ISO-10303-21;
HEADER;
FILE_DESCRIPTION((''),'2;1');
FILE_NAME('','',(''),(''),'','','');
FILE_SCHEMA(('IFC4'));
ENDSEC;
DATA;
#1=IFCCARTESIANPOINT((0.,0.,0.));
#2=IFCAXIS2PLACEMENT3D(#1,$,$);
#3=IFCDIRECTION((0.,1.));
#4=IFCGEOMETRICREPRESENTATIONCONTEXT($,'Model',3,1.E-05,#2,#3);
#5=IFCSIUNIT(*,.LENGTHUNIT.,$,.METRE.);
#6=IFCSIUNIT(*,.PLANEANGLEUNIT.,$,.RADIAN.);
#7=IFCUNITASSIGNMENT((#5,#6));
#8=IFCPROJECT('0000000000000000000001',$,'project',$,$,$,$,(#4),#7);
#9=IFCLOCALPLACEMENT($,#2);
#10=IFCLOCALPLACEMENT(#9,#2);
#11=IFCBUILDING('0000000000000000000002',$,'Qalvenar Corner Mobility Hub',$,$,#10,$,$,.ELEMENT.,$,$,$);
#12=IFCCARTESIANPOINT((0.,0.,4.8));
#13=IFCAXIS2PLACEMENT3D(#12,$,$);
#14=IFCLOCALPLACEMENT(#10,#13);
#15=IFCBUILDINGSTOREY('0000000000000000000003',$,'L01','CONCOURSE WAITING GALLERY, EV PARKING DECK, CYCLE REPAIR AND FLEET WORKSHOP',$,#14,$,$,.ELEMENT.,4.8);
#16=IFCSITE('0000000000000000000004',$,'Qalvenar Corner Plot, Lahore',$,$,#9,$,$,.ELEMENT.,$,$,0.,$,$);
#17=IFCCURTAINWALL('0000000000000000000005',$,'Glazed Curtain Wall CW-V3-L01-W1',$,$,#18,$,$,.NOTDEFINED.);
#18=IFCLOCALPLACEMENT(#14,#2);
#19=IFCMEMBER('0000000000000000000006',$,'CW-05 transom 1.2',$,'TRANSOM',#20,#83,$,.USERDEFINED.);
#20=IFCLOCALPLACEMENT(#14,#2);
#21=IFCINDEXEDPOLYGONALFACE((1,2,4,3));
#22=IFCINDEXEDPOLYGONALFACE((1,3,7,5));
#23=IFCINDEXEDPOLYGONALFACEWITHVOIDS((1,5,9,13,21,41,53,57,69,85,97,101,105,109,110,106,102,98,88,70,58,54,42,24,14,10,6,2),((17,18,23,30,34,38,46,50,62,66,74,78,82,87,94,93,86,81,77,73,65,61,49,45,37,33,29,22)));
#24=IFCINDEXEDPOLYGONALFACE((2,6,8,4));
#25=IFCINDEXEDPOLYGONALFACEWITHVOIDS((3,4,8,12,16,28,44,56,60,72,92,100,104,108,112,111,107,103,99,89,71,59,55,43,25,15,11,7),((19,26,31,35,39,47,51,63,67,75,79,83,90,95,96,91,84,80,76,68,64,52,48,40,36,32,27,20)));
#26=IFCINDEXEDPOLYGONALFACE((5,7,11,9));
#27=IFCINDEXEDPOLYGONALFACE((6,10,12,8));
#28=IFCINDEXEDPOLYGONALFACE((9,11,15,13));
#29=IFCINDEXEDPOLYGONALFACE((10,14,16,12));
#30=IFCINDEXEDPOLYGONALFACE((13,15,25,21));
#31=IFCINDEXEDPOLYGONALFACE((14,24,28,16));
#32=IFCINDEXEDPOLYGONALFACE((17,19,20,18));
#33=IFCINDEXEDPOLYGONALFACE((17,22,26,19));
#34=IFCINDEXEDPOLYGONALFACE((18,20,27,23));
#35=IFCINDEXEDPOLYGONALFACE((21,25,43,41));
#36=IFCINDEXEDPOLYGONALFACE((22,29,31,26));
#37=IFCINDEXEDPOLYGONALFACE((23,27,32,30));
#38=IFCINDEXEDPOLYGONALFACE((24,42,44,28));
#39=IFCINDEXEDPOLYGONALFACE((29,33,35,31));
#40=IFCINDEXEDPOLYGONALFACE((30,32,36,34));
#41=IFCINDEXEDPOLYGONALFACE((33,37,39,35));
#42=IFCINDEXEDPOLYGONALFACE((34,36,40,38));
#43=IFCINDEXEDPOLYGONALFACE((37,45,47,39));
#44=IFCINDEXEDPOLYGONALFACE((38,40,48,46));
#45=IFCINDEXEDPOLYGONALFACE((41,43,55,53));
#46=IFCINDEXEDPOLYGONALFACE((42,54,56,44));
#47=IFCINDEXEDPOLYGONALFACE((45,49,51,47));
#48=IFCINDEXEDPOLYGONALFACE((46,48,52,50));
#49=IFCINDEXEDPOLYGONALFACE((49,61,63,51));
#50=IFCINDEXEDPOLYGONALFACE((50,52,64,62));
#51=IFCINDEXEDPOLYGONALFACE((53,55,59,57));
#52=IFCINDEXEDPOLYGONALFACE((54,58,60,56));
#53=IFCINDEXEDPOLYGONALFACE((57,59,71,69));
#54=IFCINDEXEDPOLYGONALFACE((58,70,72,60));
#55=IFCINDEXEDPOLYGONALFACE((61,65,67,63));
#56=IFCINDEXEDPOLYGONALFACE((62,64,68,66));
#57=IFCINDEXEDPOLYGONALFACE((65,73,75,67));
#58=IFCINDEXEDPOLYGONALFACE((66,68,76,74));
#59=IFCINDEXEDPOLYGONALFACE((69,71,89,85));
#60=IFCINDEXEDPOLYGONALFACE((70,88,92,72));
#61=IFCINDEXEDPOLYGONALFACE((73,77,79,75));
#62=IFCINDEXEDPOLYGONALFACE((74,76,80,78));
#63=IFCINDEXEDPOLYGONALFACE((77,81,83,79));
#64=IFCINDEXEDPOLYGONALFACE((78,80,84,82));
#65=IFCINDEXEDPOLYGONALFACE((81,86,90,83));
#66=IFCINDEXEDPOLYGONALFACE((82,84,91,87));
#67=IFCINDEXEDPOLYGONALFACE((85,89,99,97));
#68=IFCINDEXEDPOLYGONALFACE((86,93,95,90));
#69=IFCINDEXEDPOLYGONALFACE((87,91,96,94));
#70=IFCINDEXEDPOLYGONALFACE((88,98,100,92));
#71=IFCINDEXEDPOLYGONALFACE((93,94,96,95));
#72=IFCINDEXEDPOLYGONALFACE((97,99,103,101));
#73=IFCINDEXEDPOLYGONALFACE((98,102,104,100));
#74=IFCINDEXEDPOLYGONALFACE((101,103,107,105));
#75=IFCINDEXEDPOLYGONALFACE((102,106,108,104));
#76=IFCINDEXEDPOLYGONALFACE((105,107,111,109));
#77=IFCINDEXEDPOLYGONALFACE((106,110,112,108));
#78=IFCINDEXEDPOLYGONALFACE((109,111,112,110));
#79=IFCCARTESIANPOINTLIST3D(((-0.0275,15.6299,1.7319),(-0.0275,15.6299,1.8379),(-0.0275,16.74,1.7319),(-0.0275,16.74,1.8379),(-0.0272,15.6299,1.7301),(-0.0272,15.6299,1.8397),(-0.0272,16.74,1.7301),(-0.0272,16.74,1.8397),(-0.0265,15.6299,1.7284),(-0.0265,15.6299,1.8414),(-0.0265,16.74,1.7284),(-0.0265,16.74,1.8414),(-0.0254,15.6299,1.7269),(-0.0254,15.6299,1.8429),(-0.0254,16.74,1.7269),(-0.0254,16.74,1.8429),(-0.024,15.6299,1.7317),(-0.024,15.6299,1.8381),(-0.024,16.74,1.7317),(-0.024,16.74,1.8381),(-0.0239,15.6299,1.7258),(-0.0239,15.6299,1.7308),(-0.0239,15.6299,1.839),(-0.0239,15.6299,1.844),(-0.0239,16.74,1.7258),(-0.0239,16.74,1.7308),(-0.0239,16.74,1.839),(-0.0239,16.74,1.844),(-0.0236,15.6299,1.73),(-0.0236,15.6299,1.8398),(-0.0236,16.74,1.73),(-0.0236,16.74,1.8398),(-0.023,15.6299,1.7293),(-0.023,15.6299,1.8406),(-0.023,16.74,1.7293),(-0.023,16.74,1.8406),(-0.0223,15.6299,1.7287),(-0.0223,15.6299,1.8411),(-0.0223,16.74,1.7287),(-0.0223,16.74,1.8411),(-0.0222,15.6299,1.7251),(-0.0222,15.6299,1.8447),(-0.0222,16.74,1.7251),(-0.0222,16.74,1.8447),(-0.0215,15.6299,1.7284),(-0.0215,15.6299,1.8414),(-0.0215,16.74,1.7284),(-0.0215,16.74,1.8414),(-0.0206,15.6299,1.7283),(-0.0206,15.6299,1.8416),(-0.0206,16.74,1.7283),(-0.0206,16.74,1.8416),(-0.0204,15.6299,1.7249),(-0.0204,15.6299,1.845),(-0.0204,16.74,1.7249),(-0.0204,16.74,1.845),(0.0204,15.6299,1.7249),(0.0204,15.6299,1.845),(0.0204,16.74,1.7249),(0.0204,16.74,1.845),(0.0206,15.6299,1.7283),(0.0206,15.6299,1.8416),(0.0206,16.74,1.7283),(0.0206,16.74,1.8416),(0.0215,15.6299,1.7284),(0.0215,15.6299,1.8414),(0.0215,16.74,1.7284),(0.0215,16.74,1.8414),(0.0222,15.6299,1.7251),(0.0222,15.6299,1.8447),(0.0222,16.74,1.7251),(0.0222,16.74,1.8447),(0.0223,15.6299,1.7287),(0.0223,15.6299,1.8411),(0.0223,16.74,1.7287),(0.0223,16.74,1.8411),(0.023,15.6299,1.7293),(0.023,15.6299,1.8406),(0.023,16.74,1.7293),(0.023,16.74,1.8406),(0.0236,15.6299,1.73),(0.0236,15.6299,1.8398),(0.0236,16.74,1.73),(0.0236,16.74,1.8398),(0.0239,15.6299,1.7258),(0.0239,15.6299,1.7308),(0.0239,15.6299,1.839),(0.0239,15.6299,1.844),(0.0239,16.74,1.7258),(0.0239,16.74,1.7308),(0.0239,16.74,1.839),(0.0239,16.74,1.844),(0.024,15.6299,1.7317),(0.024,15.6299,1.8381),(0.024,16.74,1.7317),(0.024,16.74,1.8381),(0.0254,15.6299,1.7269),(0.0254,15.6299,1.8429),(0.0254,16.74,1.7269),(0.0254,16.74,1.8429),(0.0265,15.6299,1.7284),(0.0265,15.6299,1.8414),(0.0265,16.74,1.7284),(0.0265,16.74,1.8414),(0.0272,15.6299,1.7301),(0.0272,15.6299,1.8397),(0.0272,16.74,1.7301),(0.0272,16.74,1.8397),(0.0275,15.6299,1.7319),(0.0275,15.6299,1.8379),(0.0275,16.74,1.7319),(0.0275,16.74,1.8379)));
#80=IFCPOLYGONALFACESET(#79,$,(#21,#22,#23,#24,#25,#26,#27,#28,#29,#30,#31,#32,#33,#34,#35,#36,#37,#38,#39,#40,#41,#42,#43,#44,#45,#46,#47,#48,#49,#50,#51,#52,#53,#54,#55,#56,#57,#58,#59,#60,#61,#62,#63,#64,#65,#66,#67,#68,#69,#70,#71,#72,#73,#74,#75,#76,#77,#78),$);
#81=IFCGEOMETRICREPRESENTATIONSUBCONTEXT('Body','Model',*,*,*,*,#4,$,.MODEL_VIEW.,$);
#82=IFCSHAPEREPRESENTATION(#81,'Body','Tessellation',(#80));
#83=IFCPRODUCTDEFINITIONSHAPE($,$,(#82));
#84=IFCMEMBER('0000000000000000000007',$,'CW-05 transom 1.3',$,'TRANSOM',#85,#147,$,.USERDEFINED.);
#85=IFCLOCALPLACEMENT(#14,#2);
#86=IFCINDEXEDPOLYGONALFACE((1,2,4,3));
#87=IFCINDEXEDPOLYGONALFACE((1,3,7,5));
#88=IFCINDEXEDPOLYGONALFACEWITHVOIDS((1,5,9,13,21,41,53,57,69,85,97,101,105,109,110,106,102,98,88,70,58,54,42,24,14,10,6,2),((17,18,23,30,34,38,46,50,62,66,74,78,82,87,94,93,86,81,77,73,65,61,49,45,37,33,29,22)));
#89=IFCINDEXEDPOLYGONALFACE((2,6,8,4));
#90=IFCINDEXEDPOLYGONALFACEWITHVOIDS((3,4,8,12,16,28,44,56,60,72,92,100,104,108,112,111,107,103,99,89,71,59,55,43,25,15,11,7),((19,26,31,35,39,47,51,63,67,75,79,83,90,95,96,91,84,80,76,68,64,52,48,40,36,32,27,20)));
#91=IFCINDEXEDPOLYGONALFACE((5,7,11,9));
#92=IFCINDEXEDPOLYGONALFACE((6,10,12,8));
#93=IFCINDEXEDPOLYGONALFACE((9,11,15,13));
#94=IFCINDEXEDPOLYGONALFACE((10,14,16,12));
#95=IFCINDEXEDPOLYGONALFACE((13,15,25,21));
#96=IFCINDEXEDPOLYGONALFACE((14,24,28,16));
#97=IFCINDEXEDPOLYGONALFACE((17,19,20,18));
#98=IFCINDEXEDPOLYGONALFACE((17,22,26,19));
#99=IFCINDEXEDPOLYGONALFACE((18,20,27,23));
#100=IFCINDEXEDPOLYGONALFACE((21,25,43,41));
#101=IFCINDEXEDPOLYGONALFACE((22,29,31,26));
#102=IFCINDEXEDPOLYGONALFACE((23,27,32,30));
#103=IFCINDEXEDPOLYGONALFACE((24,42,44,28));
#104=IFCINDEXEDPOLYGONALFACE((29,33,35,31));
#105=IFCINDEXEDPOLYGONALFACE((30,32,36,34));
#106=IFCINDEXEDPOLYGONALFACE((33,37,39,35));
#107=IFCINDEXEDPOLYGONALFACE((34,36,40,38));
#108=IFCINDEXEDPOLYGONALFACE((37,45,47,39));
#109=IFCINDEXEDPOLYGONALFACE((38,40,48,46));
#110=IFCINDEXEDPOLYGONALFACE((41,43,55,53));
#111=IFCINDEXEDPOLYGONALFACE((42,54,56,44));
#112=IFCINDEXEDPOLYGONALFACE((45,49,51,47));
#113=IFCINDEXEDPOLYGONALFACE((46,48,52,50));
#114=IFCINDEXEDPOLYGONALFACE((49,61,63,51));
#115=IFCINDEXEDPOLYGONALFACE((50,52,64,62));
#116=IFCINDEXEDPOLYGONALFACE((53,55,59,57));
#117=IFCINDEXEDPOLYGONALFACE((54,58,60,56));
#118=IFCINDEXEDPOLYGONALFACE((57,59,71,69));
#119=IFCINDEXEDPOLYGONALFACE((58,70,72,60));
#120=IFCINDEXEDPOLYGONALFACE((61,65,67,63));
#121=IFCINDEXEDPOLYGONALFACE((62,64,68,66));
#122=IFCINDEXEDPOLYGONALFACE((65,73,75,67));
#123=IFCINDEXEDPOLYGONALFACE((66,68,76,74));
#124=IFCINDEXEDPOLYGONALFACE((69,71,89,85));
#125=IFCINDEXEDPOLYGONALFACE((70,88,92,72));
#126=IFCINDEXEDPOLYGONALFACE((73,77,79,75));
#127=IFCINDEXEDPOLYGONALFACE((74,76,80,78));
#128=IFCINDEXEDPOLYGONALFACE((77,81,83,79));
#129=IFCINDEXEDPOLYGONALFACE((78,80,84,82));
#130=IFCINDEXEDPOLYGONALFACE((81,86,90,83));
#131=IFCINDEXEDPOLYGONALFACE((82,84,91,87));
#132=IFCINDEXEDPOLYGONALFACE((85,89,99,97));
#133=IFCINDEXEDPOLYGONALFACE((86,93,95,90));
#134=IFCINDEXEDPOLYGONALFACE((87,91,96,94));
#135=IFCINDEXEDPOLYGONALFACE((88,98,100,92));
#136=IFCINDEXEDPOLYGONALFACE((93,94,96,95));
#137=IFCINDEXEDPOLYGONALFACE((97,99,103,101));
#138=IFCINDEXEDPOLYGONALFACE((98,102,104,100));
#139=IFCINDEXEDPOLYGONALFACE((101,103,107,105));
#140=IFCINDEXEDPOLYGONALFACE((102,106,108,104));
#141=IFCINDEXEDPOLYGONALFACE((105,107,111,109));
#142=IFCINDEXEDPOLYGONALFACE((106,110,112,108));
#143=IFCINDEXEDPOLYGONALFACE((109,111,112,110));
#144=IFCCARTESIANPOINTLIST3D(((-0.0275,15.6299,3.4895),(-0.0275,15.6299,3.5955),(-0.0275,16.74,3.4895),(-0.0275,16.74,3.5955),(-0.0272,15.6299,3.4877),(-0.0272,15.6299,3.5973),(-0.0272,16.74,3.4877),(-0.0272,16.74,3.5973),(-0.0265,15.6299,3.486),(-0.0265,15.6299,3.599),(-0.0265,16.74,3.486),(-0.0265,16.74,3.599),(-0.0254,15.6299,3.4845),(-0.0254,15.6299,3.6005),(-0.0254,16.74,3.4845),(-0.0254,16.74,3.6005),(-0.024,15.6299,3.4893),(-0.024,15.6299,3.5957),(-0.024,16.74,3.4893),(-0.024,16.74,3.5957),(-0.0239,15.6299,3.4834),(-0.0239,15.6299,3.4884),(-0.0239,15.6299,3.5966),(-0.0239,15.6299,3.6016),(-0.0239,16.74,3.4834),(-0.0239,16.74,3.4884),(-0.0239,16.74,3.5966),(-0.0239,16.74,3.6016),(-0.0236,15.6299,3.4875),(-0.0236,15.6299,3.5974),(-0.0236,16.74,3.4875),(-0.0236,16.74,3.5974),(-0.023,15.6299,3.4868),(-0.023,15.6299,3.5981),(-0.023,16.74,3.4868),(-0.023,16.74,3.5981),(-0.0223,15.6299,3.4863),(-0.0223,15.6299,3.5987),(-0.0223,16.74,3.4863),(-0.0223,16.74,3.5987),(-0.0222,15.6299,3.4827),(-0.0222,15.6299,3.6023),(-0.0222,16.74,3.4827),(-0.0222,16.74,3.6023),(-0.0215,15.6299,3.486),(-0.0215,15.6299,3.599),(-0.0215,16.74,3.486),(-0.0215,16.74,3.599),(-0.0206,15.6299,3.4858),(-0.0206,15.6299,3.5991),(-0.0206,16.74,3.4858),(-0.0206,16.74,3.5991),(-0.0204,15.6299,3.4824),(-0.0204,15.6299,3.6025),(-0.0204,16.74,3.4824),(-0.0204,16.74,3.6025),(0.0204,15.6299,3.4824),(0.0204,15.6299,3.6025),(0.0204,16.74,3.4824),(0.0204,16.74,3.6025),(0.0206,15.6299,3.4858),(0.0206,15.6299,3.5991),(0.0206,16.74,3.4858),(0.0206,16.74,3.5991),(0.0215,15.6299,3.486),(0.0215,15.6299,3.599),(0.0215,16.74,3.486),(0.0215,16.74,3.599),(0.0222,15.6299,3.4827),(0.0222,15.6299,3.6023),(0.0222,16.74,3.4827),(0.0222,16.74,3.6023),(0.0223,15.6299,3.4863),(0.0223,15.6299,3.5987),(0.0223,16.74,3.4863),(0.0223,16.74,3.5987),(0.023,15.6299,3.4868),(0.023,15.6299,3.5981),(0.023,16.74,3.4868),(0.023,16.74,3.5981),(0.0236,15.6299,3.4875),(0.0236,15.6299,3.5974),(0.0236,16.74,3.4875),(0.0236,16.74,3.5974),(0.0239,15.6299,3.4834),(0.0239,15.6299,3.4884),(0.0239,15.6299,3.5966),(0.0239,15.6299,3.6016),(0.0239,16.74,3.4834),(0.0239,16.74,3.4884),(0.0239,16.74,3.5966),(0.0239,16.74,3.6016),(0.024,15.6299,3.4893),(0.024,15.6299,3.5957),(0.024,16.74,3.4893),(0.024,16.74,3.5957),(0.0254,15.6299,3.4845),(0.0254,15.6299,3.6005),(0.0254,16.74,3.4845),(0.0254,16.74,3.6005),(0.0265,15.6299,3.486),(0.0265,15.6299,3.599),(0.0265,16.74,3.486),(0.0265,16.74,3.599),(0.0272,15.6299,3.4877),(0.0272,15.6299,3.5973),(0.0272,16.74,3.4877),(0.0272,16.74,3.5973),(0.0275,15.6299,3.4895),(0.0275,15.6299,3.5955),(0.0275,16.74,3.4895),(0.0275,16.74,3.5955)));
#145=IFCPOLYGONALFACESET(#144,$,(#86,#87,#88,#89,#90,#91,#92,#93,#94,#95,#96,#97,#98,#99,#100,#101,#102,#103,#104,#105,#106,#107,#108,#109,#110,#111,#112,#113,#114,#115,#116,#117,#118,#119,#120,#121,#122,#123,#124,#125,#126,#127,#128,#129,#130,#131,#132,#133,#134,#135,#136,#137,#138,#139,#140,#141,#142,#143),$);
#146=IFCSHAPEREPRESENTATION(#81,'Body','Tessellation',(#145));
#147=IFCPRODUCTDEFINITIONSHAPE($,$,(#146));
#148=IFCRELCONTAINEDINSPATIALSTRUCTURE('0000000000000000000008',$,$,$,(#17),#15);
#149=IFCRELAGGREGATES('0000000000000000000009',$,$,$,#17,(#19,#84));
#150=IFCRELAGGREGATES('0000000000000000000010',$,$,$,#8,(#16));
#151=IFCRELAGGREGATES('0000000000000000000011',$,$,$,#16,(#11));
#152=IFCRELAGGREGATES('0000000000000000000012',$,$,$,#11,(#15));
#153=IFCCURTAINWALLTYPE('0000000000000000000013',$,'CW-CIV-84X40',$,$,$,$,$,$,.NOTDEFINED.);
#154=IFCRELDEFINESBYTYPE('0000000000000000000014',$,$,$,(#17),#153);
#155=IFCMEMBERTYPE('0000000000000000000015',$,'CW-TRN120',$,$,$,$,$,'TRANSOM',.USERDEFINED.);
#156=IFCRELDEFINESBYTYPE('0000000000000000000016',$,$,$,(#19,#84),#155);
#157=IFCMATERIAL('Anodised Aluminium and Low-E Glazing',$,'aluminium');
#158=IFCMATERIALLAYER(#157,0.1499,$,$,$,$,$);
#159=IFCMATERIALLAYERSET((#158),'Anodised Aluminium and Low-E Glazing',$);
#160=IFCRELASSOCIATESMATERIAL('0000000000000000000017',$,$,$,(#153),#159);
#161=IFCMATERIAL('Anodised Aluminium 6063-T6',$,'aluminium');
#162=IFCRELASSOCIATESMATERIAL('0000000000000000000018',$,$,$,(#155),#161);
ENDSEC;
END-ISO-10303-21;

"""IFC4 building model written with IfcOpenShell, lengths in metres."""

from ifc_helpers import new_model, si_unit, direction, frame, origin, origin_2d, place, context, subcontext, project, spatial, hollow_rectangle, extrude, material, layer, layer_set, material_profile, profile_set, type_object, element, aggregate, save


model = new_model("IFC4")

# Units and contexts
model_context = context("Model", 3, precision=1e-05, world=origin(), true_north=direction((0.0, 1.0)))
body_context = subcontext(model_context, "Body", "Model", "MODEL_VIEW")
ifc_project = project(units=[si_unit("LENGTHUNIT", "METRE"), si_unit("PLANEANGLEUNIT", "RADIAN")], contexts=[model_context])

# Site, building, storey
site_placement = place(None, origin())
site = spatial("IfcSite", under=ifc_project, at=site_placement, Name="Qalvenar Corner Plot, Lahore", CompositionType="ELEMENT", RefElevation=0.0)
building_placement = place(site_placement, origin())
building = spatial("IfcBuilding", under=site, at=building_placement, Name="Qalvenar Corner Mobility Hub", CompositionType="ELEMENT")
storey_placement = place(building_placement, frame((0.0, 0.0, 4.8)))
storey = spatial("IfcBuildingStorey", under=building, at=storey_placement, Name="L01", Description="CONCOURSE WAITING GALLERY, EV PARKING DECK, CYCLE REPAIR AND FLEET WORKSHOP", CompositionType="ELEMENT", Elevation=4.8)

# Curtain wall, members
ifc_material_1 = material(Name="Anodised Aluminium and Low-E Glazing", Category="aluminium")
ifc_layer_1 = layer(ifc_material_1, 0.1499)
ifc_layer_set_1 = layer_set([ifc_layer_1], Name="Anodised Aluminium and Low-E Glazing")
curtain_wall_type = type_object("IfcCurtainWallType", Name="CW-CIV-84X40", PredefinedType="NOTDEFINED", material=ifc_layer_set_1)
curtain_wall_placement = place(storey_placement, origin())
curtain_wall = element("IfcCurtainWall", 1, at=curtain_wall_placement, inside=storey, type_object=curtain_wall_type, Name="Glazed Curtain Wall CW-V3-L01-W1", PredefinedType="NOTDEFINED")
ifc_material_2 = material(Name="Anodised Aluminium 6063-T6", Category="aluminium")
ifc_material_profile_1 = material_profile(ifc_material_2, hollow_rectangle(XDim=0.0549, YDim=0.1201, WallThickness=0.0034, InnerFilletRadius=0.0034, OuterFilletRadius=0.0071, at=origin_2d()), Name="RHS120x55x3.5")
ifc_profile_set_1 = profile_set([ifc_material_profile_1], Name="Anodised Aluminium 6063-T6")
member_type_1 = type_object("IfcMemberType", Name="CW-TRN120", ElementType="TRANSOM", PredefinedType="USERDEFINED", material=ifc_profile_set_1)
member_1_placement = place(storey_placement, frame((0.0, 16.74, 1.7849), z_axis=(0.0, -1.0, 0.0), x_axis=(1.0, 0.0, 0.0)))
member_1 = element("IfcMember", 2, at=member_1_placement, type_object=member_type_1, Name="CW-05 transom 1.2", ObjectType="TRANSOM", PredefinedType="USERDEFINED", context=body_context, shape_type="SweptSolid", body=[
    extrude(hollow_rectangle(XDim=0.0549, YDim=0.1201, WallThickness=0.0034, InnerFilletRadius=0.0034, OuterFilletRadius=0.0071, at=origin_2d()), origin(), (0.0, 0.0, 1.0), 1.1101),
])
member_2_placement = place(storey_placement, frame((0.0, 16.74, 3.5425), z_axis=(0.0, -1.0, 0.0), x_axis=(1.0, 0.0, 0.0)))
member_2 = element("IfcMember", 3, at=member_2_placement, type_object=member_type_1, Name="CW-05 transom 1.3", ObjectType="TRANSOM", PredefinedType="USERDEFINED", context=body_context, shape_type="SweptSolid", body=[
    extrude(hollow_rectangle(XDim=0.0549, YDim=0.1201, WallThickness=0.0034, InnerFilletRadius=0.0034, OuterFilletRadius=0.0071, at=origin_2d()), origin(), (0.0, 0.0, 1.0), 1.1101),
])
aggregate(curtain_wall, [member_1, member_2])

save(model, "model.ifc")
